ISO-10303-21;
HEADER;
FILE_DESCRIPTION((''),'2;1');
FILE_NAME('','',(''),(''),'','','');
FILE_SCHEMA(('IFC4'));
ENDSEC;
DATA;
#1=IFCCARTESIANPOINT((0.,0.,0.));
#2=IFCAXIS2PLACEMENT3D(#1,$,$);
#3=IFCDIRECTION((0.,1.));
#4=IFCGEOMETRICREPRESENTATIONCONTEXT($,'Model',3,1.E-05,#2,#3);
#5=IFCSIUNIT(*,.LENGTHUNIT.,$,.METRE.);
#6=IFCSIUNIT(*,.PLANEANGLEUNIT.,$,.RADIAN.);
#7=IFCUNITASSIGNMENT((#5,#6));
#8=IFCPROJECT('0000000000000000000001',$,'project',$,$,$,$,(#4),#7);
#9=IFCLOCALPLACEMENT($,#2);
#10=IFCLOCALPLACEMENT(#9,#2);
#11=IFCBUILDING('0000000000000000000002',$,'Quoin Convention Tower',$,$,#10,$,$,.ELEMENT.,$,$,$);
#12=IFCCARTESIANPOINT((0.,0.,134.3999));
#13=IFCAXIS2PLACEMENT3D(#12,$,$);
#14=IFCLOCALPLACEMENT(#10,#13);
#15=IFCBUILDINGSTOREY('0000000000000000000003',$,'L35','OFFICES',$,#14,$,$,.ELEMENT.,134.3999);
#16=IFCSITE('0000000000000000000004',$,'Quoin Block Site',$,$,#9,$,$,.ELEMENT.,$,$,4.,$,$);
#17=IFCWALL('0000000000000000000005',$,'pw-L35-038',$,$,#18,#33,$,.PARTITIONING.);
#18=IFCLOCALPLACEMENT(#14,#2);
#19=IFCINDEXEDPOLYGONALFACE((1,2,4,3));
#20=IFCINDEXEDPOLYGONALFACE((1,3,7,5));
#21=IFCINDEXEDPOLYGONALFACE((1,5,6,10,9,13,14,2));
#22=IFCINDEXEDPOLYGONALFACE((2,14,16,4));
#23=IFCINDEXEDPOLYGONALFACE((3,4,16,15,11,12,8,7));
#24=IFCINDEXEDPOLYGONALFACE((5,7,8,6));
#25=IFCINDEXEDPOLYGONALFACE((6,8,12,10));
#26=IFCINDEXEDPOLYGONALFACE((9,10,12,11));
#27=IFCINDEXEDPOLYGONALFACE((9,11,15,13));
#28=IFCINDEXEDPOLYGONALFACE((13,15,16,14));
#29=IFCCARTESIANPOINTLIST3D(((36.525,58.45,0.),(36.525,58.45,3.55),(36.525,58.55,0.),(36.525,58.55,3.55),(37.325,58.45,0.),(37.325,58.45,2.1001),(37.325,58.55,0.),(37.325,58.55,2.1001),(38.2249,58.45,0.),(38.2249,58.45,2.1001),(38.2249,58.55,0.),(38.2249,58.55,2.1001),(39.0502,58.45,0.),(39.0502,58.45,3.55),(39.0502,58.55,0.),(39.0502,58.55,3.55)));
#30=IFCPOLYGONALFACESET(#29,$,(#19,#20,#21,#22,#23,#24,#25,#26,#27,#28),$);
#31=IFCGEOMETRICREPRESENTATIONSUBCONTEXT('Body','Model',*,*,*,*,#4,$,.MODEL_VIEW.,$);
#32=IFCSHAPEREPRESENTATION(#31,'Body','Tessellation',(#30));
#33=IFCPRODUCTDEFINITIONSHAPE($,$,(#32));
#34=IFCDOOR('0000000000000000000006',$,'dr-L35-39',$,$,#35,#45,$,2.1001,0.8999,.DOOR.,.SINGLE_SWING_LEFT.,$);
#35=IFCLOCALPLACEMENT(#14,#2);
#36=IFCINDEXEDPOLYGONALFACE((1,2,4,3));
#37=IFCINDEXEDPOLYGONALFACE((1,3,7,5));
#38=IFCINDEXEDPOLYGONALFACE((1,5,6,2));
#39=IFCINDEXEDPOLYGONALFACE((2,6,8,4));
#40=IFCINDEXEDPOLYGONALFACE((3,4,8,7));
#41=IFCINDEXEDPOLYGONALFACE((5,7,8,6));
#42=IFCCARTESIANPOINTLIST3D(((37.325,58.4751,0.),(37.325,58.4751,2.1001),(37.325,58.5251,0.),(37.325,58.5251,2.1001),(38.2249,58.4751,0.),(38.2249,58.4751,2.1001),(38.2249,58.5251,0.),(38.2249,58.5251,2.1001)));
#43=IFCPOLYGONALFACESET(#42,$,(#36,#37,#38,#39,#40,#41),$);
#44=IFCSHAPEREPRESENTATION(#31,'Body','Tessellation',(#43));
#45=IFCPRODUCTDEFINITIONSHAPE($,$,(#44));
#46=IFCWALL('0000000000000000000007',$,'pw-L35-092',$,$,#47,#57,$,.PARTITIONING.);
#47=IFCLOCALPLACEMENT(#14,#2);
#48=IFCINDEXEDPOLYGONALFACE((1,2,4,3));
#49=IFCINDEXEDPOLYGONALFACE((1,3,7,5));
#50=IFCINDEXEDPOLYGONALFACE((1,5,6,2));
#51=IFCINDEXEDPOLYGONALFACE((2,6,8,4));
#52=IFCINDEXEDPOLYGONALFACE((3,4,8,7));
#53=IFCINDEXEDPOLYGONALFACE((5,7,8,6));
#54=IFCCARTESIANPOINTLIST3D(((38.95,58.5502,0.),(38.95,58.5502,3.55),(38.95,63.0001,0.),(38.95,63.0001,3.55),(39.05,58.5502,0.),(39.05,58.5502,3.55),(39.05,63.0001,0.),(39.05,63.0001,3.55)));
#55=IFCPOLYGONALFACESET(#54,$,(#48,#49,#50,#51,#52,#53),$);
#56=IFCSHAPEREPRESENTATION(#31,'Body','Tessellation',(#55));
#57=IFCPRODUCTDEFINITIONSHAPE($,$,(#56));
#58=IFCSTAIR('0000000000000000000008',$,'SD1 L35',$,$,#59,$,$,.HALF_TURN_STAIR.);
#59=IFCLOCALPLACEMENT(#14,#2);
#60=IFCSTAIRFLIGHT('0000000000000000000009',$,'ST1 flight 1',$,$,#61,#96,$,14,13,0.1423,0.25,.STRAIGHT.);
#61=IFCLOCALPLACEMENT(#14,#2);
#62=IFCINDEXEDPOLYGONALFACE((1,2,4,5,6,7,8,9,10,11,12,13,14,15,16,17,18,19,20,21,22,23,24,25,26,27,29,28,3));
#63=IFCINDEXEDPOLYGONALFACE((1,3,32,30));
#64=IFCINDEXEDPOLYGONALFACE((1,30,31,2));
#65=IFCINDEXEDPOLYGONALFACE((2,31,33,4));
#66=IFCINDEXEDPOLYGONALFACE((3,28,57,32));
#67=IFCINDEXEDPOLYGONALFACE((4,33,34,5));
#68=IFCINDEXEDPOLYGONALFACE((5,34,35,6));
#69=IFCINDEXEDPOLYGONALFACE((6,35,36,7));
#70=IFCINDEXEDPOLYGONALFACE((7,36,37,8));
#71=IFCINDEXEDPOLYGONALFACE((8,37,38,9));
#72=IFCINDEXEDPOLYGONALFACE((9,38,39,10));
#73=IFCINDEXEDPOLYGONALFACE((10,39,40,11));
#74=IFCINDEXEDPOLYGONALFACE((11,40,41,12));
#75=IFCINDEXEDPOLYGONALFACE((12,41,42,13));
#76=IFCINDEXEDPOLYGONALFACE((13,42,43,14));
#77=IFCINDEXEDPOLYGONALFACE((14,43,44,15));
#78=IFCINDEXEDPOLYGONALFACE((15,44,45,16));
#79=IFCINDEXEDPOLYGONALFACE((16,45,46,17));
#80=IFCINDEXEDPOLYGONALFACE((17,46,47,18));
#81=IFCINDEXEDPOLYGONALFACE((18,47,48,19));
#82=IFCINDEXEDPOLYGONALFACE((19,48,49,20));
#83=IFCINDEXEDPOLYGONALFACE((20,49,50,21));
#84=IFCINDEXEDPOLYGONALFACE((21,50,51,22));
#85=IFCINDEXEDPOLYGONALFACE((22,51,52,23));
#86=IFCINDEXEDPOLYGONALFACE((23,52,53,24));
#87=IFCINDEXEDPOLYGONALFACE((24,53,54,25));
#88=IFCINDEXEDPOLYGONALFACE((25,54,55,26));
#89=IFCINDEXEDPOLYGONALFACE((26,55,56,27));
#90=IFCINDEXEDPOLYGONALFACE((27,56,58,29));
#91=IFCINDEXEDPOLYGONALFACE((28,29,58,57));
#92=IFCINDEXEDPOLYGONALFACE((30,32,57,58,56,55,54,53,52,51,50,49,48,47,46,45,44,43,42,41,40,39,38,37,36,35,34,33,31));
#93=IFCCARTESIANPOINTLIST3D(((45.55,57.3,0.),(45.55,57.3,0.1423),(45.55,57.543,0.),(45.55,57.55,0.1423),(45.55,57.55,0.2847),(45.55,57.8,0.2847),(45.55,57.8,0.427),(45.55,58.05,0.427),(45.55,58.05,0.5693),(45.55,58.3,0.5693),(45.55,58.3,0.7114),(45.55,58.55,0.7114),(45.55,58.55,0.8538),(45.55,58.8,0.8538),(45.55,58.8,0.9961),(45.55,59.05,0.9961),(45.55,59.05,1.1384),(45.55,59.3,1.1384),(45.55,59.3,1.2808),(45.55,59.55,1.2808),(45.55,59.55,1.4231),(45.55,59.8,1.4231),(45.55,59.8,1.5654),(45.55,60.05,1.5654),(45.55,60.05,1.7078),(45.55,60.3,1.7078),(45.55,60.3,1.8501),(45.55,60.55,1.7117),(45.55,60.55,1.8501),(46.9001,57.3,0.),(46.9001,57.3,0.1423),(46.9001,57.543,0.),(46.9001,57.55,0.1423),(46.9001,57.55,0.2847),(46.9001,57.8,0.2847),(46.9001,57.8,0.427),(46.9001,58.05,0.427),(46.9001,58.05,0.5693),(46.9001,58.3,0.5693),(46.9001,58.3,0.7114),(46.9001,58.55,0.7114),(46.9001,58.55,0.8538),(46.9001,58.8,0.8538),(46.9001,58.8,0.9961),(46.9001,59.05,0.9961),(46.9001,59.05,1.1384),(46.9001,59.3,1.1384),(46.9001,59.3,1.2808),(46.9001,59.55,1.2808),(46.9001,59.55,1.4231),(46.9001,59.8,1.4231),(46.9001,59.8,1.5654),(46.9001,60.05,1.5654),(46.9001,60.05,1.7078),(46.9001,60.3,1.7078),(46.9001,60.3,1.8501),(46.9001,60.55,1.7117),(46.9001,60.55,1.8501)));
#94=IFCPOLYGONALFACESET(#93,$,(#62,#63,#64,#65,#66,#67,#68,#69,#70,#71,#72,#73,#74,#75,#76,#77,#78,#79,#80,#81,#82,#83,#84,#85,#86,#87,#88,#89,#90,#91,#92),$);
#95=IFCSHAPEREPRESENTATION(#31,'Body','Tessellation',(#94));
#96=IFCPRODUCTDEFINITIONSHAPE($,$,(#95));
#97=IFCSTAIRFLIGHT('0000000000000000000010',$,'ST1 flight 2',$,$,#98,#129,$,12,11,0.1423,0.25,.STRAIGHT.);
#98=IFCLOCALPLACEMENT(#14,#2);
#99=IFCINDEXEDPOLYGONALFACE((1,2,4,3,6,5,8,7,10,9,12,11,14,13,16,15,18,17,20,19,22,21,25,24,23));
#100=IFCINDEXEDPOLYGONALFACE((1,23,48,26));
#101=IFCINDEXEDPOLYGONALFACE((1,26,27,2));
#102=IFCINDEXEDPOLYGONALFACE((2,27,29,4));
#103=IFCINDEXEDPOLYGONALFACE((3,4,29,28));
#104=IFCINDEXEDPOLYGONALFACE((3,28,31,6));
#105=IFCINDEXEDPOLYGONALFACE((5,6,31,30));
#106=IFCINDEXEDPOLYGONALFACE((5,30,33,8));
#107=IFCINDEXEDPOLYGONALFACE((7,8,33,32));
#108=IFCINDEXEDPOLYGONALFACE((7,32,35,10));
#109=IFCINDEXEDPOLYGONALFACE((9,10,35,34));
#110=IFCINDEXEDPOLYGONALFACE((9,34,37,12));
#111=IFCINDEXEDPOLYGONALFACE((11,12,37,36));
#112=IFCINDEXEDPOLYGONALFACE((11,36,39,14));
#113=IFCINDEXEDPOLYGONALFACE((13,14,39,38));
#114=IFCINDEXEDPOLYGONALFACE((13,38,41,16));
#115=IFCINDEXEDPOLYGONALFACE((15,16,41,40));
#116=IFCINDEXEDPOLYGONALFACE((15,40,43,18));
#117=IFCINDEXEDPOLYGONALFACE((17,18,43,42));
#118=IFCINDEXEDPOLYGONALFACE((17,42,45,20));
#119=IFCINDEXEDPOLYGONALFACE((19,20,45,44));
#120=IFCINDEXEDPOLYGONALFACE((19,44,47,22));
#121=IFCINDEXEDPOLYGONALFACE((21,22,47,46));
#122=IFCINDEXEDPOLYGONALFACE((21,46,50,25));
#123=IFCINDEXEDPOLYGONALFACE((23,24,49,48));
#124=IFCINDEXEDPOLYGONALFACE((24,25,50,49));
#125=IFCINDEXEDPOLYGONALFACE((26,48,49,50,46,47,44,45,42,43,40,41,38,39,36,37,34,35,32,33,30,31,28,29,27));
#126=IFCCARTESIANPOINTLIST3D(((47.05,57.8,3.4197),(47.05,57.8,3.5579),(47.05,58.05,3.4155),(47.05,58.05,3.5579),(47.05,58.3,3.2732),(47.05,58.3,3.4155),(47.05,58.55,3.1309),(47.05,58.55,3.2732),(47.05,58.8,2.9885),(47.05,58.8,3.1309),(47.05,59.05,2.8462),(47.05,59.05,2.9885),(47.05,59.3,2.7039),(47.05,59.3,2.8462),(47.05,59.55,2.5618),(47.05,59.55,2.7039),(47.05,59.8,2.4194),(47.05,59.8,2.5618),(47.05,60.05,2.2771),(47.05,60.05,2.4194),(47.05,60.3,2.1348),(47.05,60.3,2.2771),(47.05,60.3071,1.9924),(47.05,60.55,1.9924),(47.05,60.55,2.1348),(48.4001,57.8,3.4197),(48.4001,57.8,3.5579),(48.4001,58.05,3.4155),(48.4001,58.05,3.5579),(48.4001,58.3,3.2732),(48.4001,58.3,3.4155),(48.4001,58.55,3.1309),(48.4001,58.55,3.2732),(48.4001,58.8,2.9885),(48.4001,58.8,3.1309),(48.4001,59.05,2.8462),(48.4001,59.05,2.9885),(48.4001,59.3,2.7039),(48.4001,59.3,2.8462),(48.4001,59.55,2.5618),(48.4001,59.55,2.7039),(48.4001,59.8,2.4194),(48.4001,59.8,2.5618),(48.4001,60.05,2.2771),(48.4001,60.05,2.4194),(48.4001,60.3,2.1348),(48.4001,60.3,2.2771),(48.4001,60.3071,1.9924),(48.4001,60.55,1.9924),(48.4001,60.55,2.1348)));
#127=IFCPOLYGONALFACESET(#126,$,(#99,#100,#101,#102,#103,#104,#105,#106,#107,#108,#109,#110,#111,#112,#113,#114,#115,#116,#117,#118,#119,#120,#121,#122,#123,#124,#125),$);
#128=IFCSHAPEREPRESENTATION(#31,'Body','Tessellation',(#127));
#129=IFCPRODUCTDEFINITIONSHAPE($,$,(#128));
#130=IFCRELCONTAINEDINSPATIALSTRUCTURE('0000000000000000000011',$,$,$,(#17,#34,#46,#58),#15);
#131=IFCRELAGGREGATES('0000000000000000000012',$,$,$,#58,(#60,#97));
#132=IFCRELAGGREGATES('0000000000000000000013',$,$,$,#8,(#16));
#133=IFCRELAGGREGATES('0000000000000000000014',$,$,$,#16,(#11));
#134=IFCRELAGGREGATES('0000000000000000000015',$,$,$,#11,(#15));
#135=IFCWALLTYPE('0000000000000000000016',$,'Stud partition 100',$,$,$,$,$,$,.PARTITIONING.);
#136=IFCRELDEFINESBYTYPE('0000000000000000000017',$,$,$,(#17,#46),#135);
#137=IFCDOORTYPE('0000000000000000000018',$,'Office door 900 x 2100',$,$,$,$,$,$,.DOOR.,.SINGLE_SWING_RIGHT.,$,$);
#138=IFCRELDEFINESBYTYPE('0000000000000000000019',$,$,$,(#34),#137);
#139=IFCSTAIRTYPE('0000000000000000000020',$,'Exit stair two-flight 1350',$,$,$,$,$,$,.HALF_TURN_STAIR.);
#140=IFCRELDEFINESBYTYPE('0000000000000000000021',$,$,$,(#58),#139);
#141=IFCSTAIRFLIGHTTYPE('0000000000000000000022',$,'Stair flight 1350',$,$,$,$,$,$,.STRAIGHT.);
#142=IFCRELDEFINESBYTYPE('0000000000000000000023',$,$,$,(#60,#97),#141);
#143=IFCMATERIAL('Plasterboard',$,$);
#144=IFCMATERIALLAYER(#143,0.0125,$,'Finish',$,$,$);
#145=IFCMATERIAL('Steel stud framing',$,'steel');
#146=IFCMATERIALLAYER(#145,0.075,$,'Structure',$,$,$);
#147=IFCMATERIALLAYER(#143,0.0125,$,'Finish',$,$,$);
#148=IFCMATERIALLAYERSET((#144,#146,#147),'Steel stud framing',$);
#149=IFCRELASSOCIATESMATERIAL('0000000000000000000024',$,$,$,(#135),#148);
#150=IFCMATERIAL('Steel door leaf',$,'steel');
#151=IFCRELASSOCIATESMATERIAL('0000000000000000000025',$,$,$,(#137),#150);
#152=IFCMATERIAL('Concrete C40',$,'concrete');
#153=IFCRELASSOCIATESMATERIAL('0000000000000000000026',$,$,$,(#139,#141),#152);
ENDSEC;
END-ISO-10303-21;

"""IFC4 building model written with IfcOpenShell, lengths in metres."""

from ifc_helpers import new_model, si_unit, direction, frame, frame_2d, origin, place, context, subcontext, project, spatial, polyline, rectangle, outline, extrude, material, layer, layer_set, type_object, element, fill, aggregate, save


model = new_model("IFC4")

# Units and contexts
model_context = context("Model", 3, precision=1e-05, world=origin(), true_north=direction((0.0, 1.0)))
body_context = subcontext(model_context, "Body", "Model", "MODEL_VIEW")
ifc_project = project(units=[si_unit("LENGTHUNIT", "METRE"), si_unit("PLANEANGLEUNIT", "RADIAN")], contexts=[model_context])

# Site, building, storey
site_placement = place(None, origin())
site = spatial("IfcSite", under=ifc_project, at=site_placement, Name="Quoin Block Site", CompositionType="ELEMENT", RefElevation=4.0)
building_placement = place(site_placement, origin())
building = spatial("IfcBuilding", under=site, at=building_placement, Name="Quoin Convention Tower", CompositionType="ELEMENT")
storey_placement = place(building_placement, frame((0.0, 0.0, 134.3999)))
storey = spatial("IfcBuildingStorey", under=building, at=storey_placement, Name="L35", Description="OFFICES", CompositionType="ELEMENT", Elevation=134.3999)

# Shared definitions
ifc_material_1 = material(Name="Plasterboard")
ifc_material_2 = material(Name="Steel stud framing", Category="steel")

# Shared definitions
ifc_material_3 = material(Name="Steel door leaf", Category="steel")

# Wall, opening, door
ifc_layer_1 = layer(ifc_material_1, 0.0125, Name="Finish")
ifc_layer_2 = layer(ifc_material_2, 0.075, Name="Structure")
ifc_layer_3 = layer(ifc_material_1, 0.0125, Name="Finish")
ifc_layer_set_1 = layer_set([ifc_layer_1, ifc_layer_2, ifc_layer_3], Name="Steel stud framing")
wall_type_1 = type_object("IfcWallType", Name="Stud partition 100", PredefinedType="PARTITIONING", material=ifc_layer_set_1)
wall_1_placement = place(storey_placement, frame((36.5249, 58.5, 0.0), z_axis=(0.0, 0.0, 1.0), x_axis=(1.0, 0.0, 0.0)))
wall_1 = element("IfcWall", 1, at=wall_1_placement, inside=storey, type_object=wall_type_1, Name="pw-L35-038", PredefinedType="PARTITIONING", context=body_context, shape_type="SweptSolid", body=[
    extrude(rectangle(XDim=2.5251, YDim=0.1001, at=frame_2d((1.2627, 0.0))), origin(), (0.0, 0.0, 1.0), 3.55),
])
opening_1_placement = place(wall_1_placement, frame((0.8, 0.0, 0.0)))
opening_1 = element("IfcOpeningElement", 2, at=opening_1_placement, cuts=wall_1, PredefinedType="OPENING", context=body_context, shape_type="SweptSolid", body=[
    extrude(rectangle(XDim=0.8999, YDim=2.1001, at=frame_2d((0.45, 1.05))), frame((0.0, 0.0601, 0.0), z_axis=(0.0, -1.0, 0.0), x_axis=(1.0, 0.0, 0.0)), (0.0, 0.0, 1.0), 0.1201),
])
door_type_1 = type_object("IfcDoorType", Name="Office door 900 x 2100", OperationType="SINGLE_SWING_RIGHT", PredefinedType="DOOR", material=ifc_material_3)
door_1_placement = place(opening_1_placement, frame((0.8999, 0.0, 0.0), z_axis=(0.0, 0.0, 1.0), x_axis=(-1.0, 0.0, 0.0)))
door_1 = element("IfcDoor", 3, at=door_1_placement, inside=storey, type_object=door_type_1, Name="dr-L35-39", OperationType="SINGLE_SWING_LEFT", OverallHeight=2.1001, OverallWidth=0.8999, PredefinedType="DOOR", context=body_context, shape_type="SweptSolid", body=[
    extrude(rectangle(XDim=0.8999, YDim=2.1001, at=frame_2d((0.45, 1.05))), frame((0.0, 0.0249, 0.0), z_axis=(0.0, -1.0, 0.0), x_axis=(1.0, 0.0, 0.0)), (0.0, 0.0, 1.0), 0.05),
])
fill(opening_1, door_1)

# Wall
wall_2_placement = place(storey_placement, frame((39.0, 58.55, 0.0), z_axis=(0.0, 0.0, 1.0), x_axis=(0.0, 1.0, 0.0)))
element("IfcWall", 4, at=wall_2_placement, inside=storey, type_object=wall_type_1, Name="pw-L35-092", PredefinedType="PARTITIONING", context=body_context, shape_type="SweptSolid", body=[
    extrude(rectangle(XDim=4.45, YDim=0.1001, at=frame_2d((2.2251, 0.0))), origin(), (0.0, 0.0, 1.0), 3.55),
])

# Stair, stair flights
ifc_material_4 = material(Name="Concrete C40", Category="concrete")
stair_type = type_object("IfcStairType", Name="Exit stair two-flight 1350", PredefinedType="HALF_TURN_STAIR", material=ifc_material_4)
stair_placement = place(storey_placement, origin())
stair = element("IfcStair", 5, at=stair_placement, inside=storey, type_object=stair_type, Name="SD1 L35", PredefinedType="HALF_TURN_STAIR")
stair_flight_type = type_object("IfcStairFlightType", Name="Stair flight 1350", PredefinedType="STRAIGHT", material=ifc_material_4)
stair_flight_1_placement = place(storey_placement, frame((46.2251, 57.3, 0.0), z_axis=(0.0, 0.0, 1.0), x_axis=(0.0, 1.0, 0.0)))
stair_flight_1 = element("IfcStairFlight", 6, at=stair_flight_1_placement, type_object=stair_flight_type, Name="ST1 flight 1", NumberOfRisers=14, NumberOfTreads=13, PredefinedType="STRAIGHT", RiserHeight=0.1423, TreadLength=0.25, context=body_context, shape_type="SweptSolid", body=[
    extrude(outline(polyline([(0.0, 0.0), (0.0, 0.1423), (0.25, 0.1423), (0.25, 0.2847), (0.5, 0.2847), (0.5, 0.427), (0.75, 0.427), (0.75, 0.5693), (1.0, 0.5693), (1.0, 0.7114), (1.25, 0.7114), (1.25, 0.8538), (1.5, 0.8538), (1.5, 0.9961), (1.75, 0.9961), (1.75, 1.1384), (2.0, 1.1384), (2.0, 1.2808), (2.25, 1.2808), (2.25, 1.4231), (2.5, 1.4231), (2.5, 1.5654), (2.75, 1.5654), (2.75, 1.7078), (3.0, 1.7078), (3.0, 1.8501), (3.25, 1.8501), (3.25, 1.9922), (3.25, 1.7117), (0.2429, 0.0), (0.0, 0.0)])), frame((0.0, 0.675, 0.0), z_axis=(0.0, -1.0, 0.0), x_axis=(1.0, 0.0, 0.0)), (0.0, 0.0, 1.0), 1.3501),
])
stair_flight_2_placement = place(storey_placement, frame((47.7251, 60.55, 1.9924), z_axis=(0.0, 0.0, 1.0), x_axis=(0.0, -1.0, 0.0)))
stair_flight_2 = element("IfcStairFlight", 7, at=stair_flight_2_placement, type_object=stair_flight_type, Name="ST1 flight 2", NumberOfRisers=12, NumberOfTreads=11, PredefinedType="STRAIGHT", RiserHeight=0.1423, TreadLength=0.25, context=body_context, shape_type="SweptSolid", body=[
    extrude(outline(polyline([(0.0, 0.0), (0.0, 0.1423), (0.25, 0.1423), (0.25, 0.2847), (0.5, 0.2847), (0.5, 0.427), (0.75, 0.427), (0.75, 0.5693), (1.0, 0.5693), (1.0, 0.7114), (1.25, 0.7114), (1.25, 0.8538), (1.5, 0.8538), (1.5, 0.9961), (1.75, 0.9961), (1.75, 1.1384), (2.0, 1.1384), (2.0, 1.2808), (2.25, 1.2808), (2.25, 1.4231), (2.5, 1.4231), (2.5, 1.5654), (2.75, 1.5654), (2.75, 1.7078), (2.75, 1.4272), (0.2429, 0.0), (0.0, 0.0)])), frame((0.0, 0.675, 0.0), z_axis=(0.0, -1.0, 0.0), x_axis=(1.0, 0.0, 0.0)), (0.0, 0.0, 1.0), 1.3501),
])
aggregate(stair, [stair_flight_1, stair_flight_2])

save(model, "model.ifc")
